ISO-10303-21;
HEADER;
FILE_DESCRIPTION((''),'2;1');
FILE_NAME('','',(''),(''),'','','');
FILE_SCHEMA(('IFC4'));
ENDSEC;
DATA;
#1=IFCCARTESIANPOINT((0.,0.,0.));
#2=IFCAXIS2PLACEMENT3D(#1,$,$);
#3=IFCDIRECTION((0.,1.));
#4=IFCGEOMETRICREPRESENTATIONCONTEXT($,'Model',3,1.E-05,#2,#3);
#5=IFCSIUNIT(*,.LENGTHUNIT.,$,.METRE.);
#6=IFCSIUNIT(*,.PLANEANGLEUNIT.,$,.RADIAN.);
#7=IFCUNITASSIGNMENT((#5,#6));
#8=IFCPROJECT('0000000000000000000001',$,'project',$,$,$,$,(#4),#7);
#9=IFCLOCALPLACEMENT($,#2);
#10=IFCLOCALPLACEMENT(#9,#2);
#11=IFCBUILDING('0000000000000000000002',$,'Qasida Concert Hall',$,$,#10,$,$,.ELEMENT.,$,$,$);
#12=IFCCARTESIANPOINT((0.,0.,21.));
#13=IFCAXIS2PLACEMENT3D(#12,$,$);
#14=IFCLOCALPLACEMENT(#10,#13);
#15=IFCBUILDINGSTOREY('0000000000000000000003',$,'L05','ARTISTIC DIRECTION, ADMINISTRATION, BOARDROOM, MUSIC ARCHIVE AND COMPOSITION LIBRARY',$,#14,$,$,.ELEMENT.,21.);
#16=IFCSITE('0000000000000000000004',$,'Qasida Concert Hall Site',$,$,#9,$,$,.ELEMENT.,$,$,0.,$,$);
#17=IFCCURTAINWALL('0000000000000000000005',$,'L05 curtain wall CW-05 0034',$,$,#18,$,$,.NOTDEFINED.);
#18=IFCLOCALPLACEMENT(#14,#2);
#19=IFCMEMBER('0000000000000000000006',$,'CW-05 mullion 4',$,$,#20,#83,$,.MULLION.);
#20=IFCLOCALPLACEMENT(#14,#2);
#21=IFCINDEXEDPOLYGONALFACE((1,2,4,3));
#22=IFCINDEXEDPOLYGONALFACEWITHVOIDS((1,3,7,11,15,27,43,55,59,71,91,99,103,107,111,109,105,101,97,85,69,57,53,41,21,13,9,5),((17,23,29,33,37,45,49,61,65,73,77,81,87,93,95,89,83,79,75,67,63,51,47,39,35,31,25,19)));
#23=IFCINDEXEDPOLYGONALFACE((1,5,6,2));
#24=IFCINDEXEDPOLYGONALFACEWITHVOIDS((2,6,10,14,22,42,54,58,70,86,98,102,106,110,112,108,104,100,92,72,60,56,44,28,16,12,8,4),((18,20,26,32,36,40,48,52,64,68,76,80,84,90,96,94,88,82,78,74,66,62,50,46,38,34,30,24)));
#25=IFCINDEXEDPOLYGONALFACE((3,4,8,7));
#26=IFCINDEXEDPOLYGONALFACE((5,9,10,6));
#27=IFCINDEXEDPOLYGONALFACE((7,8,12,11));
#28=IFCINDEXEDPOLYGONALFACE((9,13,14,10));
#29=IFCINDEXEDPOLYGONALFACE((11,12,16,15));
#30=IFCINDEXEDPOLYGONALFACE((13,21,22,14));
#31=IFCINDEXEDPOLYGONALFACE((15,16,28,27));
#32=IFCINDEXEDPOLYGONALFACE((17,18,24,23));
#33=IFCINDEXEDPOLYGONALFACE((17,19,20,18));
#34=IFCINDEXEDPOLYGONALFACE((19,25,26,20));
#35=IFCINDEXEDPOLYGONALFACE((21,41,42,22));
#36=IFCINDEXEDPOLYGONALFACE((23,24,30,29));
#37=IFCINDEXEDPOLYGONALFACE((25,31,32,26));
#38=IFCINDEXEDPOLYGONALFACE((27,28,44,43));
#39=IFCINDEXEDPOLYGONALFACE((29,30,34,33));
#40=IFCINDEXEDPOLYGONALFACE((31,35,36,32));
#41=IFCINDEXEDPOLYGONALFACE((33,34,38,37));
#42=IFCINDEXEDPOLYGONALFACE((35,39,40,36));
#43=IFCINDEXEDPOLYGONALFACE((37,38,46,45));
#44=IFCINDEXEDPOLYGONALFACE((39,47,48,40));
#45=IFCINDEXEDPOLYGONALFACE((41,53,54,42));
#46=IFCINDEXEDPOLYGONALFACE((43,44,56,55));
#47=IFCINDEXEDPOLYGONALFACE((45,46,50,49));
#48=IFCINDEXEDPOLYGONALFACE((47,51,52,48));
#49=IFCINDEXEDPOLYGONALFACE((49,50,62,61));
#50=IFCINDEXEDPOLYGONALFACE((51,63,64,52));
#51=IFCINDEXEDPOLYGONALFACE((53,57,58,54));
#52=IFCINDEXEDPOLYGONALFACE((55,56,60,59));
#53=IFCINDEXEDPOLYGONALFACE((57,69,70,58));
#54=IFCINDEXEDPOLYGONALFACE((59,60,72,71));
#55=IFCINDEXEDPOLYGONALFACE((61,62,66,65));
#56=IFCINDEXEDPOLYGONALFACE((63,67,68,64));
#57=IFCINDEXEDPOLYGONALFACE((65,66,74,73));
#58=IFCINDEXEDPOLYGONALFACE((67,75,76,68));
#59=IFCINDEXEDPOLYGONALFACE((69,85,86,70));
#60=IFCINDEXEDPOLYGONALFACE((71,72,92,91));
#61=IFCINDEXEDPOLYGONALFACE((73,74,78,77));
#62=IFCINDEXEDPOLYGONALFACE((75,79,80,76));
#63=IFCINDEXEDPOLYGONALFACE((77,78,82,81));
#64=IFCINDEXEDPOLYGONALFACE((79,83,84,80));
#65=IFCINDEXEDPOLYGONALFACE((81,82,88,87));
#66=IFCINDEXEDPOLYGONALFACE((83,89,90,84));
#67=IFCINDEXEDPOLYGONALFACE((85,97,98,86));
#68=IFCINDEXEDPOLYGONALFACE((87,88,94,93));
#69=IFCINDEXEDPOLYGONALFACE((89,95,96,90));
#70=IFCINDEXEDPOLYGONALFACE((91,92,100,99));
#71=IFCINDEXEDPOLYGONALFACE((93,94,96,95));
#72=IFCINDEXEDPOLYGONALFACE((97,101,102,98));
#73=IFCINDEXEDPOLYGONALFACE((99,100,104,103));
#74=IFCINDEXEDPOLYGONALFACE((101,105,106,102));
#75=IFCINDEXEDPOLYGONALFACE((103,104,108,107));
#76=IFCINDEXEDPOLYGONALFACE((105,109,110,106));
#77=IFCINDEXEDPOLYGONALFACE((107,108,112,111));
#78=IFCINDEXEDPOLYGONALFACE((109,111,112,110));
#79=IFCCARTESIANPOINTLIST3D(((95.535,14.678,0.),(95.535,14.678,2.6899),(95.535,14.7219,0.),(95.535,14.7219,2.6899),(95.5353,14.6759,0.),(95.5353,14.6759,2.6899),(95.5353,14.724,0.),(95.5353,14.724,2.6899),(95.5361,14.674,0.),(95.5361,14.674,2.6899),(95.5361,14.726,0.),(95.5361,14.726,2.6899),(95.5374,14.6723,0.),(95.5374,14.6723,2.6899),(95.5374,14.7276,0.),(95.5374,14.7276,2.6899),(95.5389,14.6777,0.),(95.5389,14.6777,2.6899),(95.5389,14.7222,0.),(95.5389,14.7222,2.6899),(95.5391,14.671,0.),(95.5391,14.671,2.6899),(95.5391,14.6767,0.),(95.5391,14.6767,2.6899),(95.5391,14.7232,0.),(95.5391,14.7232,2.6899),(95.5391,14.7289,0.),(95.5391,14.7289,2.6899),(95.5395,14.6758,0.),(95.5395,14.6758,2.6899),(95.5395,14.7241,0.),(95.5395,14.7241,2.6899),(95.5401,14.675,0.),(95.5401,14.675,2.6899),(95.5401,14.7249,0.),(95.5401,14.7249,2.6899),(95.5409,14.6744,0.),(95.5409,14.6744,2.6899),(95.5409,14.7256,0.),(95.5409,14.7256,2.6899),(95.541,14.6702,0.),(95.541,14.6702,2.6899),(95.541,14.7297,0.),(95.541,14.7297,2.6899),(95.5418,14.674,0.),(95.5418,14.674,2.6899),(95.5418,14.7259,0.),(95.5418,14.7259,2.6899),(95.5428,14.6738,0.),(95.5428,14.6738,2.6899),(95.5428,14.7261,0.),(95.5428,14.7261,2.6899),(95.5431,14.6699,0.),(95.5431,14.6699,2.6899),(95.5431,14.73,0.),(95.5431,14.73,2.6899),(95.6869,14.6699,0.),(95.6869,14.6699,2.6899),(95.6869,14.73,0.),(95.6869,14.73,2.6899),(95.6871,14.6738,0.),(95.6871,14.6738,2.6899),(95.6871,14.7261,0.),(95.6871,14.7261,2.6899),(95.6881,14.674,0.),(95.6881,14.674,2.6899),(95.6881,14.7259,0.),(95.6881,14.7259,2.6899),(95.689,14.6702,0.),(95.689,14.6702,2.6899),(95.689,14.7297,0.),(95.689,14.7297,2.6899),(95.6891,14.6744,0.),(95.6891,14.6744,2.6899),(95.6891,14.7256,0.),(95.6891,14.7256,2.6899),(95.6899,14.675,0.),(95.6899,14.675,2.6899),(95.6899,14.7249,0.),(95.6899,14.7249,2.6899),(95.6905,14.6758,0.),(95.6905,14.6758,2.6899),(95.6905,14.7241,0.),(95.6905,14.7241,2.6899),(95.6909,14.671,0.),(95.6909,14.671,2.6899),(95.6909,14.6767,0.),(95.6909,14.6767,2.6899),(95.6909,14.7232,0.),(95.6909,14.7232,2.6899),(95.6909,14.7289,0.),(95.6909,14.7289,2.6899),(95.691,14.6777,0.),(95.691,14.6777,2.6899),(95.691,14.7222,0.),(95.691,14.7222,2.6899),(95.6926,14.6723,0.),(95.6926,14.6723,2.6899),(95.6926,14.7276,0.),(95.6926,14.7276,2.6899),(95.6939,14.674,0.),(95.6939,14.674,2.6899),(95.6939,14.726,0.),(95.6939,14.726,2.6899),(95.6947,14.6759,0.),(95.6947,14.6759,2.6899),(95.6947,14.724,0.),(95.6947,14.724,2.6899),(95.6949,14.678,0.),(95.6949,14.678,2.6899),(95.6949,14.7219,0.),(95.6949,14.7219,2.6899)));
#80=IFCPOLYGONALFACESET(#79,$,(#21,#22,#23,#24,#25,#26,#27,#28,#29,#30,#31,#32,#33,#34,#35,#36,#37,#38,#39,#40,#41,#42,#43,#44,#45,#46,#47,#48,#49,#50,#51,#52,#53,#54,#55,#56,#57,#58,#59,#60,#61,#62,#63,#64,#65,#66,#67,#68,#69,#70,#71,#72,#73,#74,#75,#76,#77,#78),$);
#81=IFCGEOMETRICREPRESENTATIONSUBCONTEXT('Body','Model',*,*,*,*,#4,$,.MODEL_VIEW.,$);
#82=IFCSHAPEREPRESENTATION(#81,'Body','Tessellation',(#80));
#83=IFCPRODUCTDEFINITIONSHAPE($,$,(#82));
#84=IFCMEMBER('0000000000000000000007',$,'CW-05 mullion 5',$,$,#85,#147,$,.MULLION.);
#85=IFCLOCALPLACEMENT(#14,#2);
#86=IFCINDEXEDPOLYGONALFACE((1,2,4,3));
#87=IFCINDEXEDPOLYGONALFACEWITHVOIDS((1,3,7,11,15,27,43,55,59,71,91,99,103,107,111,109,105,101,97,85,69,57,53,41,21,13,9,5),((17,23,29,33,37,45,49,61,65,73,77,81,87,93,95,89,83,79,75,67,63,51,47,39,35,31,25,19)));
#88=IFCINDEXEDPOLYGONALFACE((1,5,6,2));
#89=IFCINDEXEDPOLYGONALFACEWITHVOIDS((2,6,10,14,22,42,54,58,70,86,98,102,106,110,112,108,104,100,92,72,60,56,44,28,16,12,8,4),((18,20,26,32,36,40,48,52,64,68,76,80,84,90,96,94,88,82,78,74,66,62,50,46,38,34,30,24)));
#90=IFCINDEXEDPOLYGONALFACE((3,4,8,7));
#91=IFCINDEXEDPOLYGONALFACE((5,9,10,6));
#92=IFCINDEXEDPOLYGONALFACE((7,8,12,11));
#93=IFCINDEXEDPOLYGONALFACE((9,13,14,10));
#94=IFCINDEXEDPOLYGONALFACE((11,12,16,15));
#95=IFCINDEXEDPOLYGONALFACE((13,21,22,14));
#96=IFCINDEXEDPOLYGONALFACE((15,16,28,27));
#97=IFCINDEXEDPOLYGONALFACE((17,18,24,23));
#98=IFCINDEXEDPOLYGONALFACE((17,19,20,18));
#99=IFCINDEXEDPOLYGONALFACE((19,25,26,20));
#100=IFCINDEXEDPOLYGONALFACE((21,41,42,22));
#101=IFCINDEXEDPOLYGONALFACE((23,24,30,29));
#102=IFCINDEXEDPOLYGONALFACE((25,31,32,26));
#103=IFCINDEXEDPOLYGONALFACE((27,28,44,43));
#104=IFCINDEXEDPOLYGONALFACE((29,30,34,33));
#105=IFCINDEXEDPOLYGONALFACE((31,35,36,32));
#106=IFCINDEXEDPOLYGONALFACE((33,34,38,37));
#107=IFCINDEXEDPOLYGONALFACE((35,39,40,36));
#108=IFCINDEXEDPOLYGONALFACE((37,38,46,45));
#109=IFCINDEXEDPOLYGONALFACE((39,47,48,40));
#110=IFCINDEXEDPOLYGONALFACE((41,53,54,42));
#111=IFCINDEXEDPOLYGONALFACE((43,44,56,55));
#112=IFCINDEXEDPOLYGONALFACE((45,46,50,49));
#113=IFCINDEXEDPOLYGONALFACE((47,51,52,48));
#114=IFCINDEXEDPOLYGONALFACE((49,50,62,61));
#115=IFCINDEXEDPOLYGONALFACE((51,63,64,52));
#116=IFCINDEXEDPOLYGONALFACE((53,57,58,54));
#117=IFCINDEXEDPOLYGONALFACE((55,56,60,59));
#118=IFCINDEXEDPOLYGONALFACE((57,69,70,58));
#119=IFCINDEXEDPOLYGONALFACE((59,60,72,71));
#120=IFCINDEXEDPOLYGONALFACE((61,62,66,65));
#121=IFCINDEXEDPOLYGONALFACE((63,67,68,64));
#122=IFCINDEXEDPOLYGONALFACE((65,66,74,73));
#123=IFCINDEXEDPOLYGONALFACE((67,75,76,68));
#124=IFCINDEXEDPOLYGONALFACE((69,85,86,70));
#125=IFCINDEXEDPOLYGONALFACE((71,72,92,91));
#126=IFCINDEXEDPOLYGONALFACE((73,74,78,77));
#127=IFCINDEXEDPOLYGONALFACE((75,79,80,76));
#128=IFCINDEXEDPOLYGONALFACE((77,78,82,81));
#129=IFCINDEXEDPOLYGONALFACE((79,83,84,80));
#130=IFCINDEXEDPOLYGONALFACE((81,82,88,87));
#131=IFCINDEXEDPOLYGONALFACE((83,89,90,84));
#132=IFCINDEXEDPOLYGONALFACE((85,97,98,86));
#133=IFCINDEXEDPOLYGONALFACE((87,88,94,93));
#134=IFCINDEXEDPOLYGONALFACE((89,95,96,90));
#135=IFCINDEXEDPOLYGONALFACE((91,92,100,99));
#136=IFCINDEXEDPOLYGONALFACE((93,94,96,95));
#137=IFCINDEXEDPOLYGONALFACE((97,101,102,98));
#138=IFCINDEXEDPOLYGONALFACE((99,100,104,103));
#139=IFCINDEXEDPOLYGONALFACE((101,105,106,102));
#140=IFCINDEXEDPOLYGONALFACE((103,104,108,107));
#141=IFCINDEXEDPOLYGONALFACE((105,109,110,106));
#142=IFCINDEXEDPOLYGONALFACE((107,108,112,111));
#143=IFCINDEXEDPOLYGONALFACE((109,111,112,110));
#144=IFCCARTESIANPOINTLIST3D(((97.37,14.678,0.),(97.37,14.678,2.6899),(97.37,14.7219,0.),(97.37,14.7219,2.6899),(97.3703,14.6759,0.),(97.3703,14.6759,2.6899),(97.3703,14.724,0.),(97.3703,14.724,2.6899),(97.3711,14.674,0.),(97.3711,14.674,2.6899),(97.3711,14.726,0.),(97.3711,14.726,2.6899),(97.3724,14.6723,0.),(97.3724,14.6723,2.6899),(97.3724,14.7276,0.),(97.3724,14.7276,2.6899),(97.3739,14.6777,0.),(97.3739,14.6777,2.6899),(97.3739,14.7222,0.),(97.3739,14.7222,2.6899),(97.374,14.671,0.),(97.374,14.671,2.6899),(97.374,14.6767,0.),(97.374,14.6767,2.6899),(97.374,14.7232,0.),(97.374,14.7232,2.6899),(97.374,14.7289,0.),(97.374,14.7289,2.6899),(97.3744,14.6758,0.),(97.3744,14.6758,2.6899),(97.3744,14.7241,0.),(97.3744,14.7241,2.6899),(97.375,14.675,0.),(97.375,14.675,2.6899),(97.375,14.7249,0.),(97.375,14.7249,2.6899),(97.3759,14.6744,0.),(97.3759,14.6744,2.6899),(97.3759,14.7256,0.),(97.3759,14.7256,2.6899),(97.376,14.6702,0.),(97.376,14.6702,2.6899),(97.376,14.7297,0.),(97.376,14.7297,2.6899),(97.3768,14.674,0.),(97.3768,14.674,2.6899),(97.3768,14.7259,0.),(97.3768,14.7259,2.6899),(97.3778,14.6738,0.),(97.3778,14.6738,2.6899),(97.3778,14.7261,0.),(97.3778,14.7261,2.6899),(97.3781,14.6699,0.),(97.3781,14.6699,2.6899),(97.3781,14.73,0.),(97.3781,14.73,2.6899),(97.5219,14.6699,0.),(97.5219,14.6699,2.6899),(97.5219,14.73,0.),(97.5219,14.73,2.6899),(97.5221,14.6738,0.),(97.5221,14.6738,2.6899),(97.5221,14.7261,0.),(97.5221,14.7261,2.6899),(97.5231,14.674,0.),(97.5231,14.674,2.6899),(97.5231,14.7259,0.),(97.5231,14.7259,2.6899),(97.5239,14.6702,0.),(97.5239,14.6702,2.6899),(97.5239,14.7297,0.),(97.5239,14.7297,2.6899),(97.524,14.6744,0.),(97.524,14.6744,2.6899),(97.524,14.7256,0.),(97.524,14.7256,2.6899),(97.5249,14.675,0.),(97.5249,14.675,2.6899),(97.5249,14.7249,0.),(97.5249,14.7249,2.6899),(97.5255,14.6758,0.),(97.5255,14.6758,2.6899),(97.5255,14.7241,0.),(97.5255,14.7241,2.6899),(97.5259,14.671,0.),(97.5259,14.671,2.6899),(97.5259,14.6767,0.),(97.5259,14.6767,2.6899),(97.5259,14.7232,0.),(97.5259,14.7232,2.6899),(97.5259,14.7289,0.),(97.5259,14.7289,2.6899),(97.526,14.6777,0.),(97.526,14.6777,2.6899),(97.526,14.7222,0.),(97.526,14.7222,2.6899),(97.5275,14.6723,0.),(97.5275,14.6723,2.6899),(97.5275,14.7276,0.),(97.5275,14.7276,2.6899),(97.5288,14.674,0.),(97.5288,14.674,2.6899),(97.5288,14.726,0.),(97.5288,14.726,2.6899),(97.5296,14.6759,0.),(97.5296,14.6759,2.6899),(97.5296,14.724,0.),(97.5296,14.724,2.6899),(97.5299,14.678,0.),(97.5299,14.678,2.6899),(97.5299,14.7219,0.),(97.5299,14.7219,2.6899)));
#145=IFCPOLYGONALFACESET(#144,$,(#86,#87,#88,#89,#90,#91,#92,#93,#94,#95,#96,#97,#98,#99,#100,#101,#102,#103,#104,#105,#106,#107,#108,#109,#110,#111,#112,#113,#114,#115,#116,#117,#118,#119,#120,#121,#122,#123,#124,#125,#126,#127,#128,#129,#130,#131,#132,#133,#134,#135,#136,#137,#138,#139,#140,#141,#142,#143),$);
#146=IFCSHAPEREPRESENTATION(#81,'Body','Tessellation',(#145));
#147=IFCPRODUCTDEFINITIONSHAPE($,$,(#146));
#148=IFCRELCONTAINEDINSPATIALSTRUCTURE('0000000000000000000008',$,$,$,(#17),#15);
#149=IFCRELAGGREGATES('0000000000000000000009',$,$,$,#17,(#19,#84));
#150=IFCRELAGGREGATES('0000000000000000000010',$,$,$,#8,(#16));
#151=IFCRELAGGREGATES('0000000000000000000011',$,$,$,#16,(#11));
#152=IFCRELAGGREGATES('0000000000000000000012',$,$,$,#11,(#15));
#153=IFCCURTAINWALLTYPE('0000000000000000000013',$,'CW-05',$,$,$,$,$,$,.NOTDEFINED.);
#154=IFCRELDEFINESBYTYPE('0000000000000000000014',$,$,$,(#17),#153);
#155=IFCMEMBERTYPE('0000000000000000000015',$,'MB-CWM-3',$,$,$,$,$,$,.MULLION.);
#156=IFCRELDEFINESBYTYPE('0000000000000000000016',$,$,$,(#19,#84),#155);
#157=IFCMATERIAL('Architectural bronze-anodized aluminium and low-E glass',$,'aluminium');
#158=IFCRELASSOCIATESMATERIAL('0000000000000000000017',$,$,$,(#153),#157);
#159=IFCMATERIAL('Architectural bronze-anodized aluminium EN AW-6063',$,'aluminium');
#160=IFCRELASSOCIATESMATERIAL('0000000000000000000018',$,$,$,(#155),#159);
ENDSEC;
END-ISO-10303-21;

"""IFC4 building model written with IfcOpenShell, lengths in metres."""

from ifc_helpers import new_model, si_unit, direction, frame, origin, origin_2d, place, context, subcontext, project, spatial, hollow_rectangle, extrude, material, material_profile, profile_set, type_object, element, aggregate, save


model = new_model("IFC4")

# Units and contexts
model_context = context("Model", 3, precision=1e-05, world=origin(), true_north=direction((0.0, 1.0)))
body_context = subcontext(model_context, "Body", "Model", "MODEL_VIEW")
ifc_project = project(units=[si_unit("LENGTHUNIT", "METRE"), si_unit("PLANEANGLEUNIT", "RADIAN")], contexts=[model_context])

# Site, building, storey
site_placement = place(None, origin())
site = spatial("IfcSite", under=ifc_project, at=site_placement, Name="Qasida Concert Hall Site", CompositionType="ELEMENT", RefElevation=0.0)
building_placement = place(site_placement, origin())
building = spatial("IfcBuilding", under=site, at=building_placement, Name="Qasida Concert Hall", CompositionType="ELEMENT")
storey_placement = place(building_placement, frame((0.0, 0.0, 21.0)))
storey = spatial("IfcBuildingStorey", under=building, at=storey_placement, Name="L05", Description="ARTISTIC DIRECTION, ADMINISTRATION, BOARDROOM, MUSIC ARCHIVE AND COMPOSITION LIBRARY", CompositionType="ELEMENT", Elevation=21.0)

# Curtain wall, members
ifc_material_1 = material(Name="Architectural bronze-anodized aluminium and low-E glass", Category="aluminium")
curtain_wall_type = type_object("IfcCurtainWallType", Name="CW-05", PredefinedType="NOTDEFINED", material=ifc_material_1)
curtain_wall_1_placement = place(storey_placement, origin())
curtain_wall_1 = element("IfcCurtainWall", 1, at=curtain_wall_1_placement, inside=storey, type_object=curtain_wall_type, Name="L05 curtain wall CW-05 0034", PredefinedType="NOTDEFINED")
ifc_material_2 = material(Name="Architectural bronze-anodized aluminium EN AW-6063", Category="aluminium")
ifc_material_profile_1 = material_profile(ifc_material_2, hollow_rectangle(XDim=0.0601, YDim=0.1599, WallThickness=0.0039, InnerFilletRadius=0.0039, OuterFilletRadius=0.0081, at=origin_2d()), Name="CWM 160x60x4")
ifc_profile_set_1 = profile_set([ifc_material_profile_1], Name="Architectural bronze-anodized aluminium EN AW-6063")
member_type_1 = type_object("IfcMemberType", Name="MB-CWM-3", PredefinedType="MULLION", material=ifc_profile_set_1)
member_1_placement = place(storey_placement, frame((95.615, 14.7, 0.0), z_axis=(0.0, 0.0, 1.0), x_axis=(0.0, 1.0, 0.0)))
member_1 = element("IfcMember", 2, at=member_1_placement, type_object=member_type_1, Name="CW-05 mullion 4", PredefinedType="MULLION", context=body_context, shape_type="SweptSolid", body=[
    extrude(hollow_rectangle(XDim=0.0601, YDim=0.1599, WallThickness=0.0039, InnerFilletRadius=0.0039, OuterFilletRadius=0.0081, at=origin_2d()), origin(), (0.0, 0.0, 1.0), 2.6899),
])
member_2_placement = place(storey_placement, frame((97.45, 14.7, 0.0), z_axis=(0.0, 0.0, 1.0), x_axis=(0.0, 1.0, 0.0)))
member_2 = element("IfcMember", 3, at=member_2_placement, type_object=member_type_1, Name="CW-05 mullion 5", PredefinedType="MULLION", context=body_context, shape_type="SweptSolid", body=[
    extrude(hollow_rectangle(XDim=0.0601, YDim=0.1599, WallThickness=0.0039, InnerFilletRadius=0.0039, OuterFilletRadius=0.0081, at=origin_2d()), origin(), (0.0, 0.0, 1.0), 2.6899),
])

aggregate(curtain_wall_1, [member_1, member_2])

save(model, "model.ifc")
